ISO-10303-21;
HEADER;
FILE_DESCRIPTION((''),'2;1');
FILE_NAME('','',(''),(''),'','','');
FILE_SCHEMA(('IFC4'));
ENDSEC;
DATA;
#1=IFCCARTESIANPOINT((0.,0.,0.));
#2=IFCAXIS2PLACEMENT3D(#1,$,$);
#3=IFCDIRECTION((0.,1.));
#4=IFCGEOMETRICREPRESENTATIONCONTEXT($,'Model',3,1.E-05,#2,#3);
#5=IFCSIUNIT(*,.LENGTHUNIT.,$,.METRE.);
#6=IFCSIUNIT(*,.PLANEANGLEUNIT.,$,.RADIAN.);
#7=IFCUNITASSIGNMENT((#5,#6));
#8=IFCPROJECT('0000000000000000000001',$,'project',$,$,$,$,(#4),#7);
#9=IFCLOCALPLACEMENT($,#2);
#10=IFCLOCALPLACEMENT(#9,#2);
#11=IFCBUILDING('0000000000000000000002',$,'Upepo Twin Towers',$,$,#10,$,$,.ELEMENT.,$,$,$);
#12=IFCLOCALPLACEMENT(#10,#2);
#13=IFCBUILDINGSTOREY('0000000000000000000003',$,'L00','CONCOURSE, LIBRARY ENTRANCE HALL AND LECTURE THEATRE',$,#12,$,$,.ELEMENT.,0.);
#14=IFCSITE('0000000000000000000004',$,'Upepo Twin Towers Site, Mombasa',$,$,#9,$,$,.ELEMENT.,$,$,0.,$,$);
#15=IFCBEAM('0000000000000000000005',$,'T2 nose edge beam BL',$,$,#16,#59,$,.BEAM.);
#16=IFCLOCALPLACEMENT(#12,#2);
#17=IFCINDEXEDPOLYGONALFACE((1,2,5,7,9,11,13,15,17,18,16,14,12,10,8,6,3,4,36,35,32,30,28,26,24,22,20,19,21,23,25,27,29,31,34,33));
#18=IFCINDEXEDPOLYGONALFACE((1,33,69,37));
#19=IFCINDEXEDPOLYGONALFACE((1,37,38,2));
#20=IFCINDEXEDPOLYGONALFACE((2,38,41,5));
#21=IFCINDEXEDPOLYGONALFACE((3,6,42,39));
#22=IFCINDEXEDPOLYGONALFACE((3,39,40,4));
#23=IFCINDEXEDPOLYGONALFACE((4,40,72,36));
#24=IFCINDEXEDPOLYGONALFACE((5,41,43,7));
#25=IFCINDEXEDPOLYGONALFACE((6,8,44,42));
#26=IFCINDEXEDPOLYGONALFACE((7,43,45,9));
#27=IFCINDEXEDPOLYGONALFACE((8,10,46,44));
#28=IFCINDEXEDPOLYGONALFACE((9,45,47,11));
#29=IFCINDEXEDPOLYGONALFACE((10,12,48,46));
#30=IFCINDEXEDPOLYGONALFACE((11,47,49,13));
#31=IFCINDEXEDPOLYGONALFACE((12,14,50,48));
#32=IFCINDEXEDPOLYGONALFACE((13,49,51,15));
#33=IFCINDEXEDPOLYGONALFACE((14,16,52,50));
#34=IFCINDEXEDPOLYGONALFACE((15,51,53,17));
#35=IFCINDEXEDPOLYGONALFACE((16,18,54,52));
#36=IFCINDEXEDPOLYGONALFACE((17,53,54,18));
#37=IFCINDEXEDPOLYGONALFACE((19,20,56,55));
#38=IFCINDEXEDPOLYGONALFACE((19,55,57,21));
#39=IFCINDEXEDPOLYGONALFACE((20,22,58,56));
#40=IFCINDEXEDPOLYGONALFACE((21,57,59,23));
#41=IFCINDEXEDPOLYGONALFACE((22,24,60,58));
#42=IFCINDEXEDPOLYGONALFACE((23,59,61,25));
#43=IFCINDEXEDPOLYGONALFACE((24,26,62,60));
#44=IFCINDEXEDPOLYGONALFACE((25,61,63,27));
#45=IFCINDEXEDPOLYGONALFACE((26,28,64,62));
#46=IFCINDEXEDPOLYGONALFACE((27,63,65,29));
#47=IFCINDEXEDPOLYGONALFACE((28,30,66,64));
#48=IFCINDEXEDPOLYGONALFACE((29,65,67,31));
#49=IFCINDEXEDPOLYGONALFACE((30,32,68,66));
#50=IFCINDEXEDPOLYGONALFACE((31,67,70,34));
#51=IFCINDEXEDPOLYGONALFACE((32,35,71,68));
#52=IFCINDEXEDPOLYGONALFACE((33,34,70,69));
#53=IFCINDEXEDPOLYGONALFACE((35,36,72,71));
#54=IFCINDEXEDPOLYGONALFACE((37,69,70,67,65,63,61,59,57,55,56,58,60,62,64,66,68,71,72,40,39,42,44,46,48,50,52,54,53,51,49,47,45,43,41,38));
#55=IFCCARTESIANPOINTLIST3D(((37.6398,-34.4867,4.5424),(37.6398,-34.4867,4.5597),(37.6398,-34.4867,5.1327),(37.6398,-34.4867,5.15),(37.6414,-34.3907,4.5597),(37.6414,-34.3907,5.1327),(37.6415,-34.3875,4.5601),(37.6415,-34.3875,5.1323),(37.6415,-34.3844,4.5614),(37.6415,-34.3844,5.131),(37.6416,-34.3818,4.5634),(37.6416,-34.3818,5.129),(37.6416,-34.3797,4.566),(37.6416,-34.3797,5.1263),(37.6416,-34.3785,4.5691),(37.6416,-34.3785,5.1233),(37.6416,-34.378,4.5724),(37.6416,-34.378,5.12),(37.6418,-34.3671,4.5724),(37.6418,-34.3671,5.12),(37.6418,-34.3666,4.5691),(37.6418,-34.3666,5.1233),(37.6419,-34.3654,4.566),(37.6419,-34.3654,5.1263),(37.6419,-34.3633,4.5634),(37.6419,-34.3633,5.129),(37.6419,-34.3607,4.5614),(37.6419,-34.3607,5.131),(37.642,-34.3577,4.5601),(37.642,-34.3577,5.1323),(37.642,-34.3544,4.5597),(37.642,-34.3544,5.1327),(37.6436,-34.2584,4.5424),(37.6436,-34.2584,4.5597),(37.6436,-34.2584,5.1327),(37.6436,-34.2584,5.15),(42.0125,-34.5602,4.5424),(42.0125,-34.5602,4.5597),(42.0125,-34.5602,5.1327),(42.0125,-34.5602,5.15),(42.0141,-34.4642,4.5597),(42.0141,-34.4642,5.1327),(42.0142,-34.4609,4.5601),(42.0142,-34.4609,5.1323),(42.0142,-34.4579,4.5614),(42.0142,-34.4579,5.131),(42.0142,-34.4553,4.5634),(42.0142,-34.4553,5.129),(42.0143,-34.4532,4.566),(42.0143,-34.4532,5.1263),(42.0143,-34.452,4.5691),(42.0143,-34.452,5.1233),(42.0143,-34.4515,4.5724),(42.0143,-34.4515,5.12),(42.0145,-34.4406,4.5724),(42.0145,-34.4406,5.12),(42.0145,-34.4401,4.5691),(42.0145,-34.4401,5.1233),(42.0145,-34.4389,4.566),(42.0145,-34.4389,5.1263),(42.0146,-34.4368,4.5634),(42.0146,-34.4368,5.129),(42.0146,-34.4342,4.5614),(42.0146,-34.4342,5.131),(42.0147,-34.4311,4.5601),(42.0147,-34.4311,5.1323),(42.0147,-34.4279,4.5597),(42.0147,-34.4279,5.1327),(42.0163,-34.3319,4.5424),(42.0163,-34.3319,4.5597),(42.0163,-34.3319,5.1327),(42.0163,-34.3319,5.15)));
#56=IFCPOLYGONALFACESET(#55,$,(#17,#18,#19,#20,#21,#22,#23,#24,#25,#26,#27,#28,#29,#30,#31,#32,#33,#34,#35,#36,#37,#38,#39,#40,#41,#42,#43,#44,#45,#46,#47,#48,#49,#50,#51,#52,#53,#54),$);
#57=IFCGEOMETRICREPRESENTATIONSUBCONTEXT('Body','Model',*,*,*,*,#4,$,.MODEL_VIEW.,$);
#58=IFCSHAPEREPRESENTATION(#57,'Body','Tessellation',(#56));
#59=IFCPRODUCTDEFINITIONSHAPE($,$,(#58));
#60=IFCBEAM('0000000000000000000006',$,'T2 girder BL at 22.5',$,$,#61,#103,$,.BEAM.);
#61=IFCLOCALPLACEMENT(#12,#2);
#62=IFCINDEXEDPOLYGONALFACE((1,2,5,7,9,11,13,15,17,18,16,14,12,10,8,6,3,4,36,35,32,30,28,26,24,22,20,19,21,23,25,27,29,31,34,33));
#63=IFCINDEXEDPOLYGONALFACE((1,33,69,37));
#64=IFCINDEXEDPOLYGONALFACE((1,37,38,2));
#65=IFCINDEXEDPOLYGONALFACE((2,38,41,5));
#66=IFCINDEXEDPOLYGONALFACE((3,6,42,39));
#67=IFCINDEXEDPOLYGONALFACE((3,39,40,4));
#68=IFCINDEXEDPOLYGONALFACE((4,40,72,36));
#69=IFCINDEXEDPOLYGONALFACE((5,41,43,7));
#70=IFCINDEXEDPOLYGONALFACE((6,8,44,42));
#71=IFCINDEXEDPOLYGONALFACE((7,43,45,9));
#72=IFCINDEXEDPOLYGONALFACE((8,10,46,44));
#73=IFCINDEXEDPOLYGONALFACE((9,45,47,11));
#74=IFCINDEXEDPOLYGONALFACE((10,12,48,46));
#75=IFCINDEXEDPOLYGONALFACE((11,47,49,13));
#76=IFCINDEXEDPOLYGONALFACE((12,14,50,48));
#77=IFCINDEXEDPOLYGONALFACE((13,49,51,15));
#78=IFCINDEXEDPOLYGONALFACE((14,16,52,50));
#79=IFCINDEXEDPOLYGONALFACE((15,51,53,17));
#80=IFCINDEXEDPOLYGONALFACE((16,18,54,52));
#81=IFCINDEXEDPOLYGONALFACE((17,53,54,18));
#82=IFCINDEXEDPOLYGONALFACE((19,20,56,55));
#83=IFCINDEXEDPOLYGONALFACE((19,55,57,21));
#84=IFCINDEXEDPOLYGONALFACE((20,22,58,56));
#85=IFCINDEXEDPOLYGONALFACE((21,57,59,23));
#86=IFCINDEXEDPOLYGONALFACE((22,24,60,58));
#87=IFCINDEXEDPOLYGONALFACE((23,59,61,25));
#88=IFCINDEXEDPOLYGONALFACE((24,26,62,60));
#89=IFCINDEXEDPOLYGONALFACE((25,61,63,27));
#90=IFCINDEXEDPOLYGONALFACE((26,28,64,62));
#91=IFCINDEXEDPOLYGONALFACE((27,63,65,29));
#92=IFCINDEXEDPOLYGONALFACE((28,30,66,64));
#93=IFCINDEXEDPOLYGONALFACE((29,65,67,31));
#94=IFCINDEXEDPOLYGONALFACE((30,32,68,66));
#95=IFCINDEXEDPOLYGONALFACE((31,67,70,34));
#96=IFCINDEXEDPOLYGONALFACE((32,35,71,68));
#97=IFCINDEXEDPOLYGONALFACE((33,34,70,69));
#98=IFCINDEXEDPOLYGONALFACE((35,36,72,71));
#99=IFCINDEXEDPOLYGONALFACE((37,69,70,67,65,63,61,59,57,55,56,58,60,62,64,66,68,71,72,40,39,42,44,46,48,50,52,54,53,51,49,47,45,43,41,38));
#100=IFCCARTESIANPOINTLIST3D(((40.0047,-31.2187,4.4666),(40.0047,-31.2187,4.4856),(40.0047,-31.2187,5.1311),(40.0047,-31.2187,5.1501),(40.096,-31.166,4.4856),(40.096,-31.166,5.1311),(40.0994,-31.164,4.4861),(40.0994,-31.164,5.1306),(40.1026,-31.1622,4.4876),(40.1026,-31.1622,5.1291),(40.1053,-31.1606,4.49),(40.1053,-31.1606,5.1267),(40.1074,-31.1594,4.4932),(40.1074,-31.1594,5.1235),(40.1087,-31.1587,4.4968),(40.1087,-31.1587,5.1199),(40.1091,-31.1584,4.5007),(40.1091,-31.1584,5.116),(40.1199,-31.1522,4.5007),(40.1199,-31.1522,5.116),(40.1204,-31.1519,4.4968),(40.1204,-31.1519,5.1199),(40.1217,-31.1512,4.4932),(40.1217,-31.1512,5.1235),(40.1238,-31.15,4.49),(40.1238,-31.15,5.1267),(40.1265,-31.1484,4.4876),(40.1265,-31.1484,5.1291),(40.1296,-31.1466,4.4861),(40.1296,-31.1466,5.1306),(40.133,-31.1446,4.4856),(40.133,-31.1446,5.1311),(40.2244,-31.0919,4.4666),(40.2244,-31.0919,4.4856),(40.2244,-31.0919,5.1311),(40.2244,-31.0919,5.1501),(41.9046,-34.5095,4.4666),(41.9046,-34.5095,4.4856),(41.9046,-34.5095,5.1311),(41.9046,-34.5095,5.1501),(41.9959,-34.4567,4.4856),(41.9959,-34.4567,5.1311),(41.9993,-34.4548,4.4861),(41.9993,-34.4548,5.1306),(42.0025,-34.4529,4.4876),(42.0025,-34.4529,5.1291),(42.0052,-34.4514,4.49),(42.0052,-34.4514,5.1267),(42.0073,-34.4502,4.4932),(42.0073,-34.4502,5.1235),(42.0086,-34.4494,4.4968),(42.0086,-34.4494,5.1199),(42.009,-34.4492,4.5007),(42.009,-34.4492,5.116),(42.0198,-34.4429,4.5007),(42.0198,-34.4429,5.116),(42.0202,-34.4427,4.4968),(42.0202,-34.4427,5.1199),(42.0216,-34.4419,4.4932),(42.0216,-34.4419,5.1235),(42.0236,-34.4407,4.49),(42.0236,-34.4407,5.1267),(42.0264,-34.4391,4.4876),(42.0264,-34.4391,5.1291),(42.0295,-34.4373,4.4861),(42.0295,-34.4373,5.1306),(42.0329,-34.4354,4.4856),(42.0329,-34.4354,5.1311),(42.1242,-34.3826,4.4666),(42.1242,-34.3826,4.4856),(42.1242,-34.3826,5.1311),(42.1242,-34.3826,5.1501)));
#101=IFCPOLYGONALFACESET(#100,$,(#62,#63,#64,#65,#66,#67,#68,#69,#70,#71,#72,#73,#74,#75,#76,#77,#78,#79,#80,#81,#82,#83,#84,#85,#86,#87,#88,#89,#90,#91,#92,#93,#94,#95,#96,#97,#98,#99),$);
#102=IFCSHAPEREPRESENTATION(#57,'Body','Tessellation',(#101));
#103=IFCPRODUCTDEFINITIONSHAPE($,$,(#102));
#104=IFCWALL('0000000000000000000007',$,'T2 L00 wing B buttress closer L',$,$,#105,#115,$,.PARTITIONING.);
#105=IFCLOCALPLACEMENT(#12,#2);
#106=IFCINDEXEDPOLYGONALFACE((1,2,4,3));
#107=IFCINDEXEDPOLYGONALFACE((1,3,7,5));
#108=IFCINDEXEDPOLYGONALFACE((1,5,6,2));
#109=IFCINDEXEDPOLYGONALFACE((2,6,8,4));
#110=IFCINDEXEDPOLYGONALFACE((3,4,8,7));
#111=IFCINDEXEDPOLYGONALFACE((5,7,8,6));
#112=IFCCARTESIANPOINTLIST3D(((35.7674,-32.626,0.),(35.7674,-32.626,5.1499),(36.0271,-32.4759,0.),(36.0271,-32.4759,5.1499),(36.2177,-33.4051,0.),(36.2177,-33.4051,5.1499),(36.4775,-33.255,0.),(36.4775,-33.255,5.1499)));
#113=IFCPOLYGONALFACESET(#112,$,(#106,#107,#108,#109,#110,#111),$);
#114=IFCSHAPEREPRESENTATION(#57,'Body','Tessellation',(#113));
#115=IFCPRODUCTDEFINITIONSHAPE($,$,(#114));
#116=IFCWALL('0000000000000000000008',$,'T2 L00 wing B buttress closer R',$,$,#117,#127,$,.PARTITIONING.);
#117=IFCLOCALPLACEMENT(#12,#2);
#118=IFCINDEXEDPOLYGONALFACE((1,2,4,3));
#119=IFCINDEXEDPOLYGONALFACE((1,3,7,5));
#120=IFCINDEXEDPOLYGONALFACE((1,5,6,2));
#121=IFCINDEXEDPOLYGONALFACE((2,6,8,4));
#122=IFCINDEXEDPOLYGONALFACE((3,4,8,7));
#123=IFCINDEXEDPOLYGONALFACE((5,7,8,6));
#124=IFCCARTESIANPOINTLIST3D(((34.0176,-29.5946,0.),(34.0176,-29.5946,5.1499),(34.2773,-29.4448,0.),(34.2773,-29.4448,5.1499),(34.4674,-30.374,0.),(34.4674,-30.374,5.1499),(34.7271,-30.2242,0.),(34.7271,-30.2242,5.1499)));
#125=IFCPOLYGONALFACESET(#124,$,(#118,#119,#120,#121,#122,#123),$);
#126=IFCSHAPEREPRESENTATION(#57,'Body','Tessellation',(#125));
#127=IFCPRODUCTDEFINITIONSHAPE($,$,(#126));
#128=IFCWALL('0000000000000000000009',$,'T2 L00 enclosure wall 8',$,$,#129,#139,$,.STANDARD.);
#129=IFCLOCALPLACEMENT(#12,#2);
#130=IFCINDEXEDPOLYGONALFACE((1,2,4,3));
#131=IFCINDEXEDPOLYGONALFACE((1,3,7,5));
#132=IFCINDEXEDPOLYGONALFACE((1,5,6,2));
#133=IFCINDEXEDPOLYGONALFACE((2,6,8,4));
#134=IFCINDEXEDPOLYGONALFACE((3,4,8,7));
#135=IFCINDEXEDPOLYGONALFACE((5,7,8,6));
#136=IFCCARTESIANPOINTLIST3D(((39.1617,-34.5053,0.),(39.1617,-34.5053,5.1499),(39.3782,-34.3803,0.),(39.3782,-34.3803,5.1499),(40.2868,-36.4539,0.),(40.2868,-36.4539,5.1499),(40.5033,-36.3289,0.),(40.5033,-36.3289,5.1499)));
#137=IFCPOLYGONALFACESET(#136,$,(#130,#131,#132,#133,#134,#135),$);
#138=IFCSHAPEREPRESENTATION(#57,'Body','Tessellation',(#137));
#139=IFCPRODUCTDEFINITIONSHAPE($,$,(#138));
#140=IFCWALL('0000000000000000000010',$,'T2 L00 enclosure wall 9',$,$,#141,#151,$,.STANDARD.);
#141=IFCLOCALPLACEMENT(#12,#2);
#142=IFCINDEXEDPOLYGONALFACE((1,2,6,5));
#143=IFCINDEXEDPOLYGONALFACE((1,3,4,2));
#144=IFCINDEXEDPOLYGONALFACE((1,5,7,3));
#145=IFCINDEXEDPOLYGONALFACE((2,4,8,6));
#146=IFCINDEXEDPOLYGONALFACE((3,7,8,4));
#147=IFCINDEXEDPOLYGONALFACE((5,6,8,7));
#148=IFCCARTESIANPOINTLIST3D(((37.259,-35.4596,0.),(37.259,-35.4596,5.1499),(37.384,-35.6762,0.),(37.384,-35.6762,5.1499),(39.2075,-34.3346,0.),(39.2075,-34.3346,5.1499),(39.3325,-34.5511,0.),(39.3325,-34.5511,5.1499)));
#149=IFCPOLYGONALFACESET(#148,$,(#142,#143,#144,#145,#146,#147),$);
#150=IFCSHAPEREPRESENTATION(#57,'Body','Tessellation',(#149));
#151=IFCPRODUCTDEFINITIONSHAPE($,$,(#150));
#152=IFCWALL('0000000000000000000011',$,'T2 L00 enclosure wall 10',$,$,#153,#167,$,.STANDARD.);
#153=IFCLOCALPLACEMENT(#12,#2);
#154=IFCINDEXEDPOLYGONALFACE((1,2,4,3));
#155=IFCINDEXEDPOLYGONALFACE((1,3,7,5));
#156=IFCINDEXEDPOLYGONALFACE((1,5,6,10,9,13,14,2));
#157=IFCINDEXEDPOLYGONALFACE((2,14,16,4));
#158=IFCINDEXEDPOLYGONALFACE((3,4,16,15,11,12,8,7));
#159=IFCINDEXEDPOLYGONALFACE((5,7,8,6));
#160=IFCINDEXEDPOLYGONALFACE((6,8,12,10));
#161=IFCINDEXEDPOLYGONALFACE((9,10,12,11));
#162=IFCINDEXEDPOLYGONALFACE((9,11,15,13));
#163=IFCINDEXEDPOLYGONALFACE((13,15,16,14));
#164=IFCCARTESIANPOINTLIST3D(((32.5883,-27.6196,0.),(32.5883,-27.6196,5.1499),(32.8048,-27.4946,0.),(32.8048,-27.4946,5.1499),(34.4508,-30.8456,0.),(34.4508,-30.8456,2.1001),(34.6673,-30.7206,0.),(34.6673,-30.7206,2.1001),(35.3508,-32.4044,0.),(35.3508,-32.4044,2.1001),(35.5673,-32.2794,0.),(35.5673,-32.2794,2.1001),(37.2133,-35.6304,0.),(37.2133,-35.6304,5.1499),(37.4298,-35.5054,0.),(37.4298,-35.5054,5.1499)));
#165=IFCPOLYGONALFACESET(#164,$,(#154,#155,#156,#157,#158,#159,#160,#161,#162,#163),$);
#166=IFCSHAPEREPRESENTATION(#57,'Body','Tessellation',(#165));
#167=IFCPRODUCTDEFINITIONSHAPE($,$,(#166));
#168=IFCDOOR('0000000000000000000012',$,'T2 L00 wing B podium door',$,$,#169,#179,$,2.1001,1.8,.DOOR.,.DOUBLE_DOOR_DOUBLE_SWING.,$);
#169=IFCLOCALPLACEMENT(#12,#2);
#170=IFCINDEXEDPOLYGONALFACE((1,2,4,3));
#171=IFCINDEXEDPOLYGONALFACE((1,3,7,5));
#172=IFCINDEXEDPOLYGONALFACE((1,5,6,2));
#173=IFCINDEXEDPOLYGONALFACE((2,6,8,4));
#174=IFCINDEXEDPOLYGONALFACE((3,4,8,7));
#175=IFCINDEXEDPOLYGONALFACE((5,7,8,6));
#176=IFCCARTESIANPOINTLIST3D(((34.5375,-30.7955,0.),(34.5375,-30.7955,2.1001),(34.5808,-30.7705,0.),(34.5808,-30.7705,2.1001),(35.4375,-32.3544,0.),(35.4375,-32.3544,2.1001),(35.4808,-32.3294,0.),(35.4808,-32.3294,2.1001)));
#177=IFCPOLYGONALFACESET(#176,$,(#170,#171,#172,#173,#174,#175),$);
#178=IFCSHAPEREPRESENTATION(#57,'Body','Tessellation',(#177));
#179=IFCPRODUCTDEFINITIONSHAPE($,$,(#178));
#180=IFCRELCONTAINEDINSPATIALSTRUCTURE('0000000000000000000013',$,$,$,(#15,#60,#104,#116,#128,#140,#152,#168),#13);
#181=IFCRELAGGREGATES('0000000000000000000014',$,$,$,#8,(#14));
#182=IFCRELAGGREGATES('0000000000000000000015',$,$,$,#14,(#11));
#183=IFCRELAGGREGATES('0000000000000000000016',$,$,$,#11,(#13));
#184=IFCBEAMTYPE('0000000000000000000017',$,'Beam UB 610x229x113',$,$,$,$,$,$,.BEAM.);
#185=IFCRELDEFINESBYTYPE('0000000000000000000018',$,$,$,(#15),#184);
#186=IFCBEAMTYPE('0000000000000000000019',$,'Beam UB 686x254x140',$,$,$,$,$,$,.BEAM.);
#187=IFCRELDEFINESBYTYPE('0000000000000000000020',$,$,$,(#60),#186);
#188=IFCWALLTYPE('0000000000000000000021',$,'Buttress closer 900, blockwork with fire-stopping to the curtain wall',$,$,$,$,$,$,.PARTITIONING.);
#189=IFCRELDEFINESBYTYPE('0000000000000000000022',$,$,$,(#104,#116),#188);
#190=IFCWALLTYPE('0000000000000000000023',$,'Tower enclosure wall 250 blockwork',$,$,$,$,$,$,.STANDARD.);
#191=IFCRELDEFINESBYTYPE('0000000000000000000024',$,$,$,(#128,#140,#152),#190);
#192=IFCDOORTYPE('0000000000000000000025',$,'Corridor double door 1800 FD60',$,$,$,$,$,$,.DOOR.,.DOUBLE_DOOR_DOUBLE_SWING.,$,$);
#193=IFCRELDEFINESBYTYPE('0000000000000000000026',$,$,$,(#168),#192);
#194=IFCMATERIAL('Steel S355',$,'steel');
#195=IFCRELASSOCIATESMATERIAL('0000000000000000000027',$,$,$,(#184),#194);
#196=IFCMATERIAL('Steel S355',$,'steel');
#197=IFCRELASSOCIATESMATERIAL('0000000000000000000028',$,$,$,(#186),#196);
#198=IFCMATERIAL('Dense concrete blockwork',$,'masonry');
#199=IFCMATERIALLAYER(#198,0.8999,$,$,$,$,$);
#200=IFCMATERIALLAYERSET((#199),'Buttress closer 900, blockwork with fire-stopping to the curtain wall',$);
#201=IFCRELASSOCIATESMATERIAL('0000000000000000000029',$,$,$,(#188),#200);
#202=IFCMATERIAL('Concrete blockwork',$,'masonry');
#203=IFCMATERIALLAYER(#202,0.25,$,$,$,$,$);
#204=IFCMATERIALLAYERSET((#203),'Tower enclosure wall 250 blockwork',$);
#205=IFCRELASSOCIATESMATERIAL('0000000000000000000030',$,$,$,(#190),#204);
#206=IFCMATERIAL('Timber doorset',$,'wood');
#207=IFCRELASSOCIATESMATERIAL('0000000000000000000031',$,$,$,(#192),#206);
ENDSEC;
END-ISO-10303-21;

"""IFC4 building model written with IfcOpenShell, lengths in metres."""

from ifc_helpers import new_model, si_unit, direction, frame, frame_2d, origin, origin_2d, place, context, subcontext, project, spatial, rectangle, i_section, extrude, material, layer, layer_set, material_profile, profile_set, type_object, element, fill, save


model = new_model("IFC4")

# Units and contexts
model_context = context("Model", 3, precision=1e-05, world=origin(), true_north=direction((0.0, 1.0)))
body_context = subcontext(model_context, "Body", "Model", "MODEL_VIEW")
ifc_project = project(units=[si_unit("LENGTHUNIT", "METRE"), si_unit("PLANEANGLEUNIT", "RADIAN")], contexts=[model_context])

# Site, building, storey
site_placement = place(None, origin())
site = spatial("IfcSite", under=ifc_project, at=site_placement, Name="Upepo Twin Towers Site, Mombasa", CompositionType="ELEMENT", RefElevation=0.0)
building_placement = place(site_placement, origin())
building = spatial("IfcBuilding", under=site, at=building_placement, Name="Upepo Twin Towers", CompositionType="ELEMENT")
storey_placement = place(building_placement, origin())
storey = spatial("IfcBuildingStorey", under=building, at=storey_placement, Name="L00", Description="CONCOURSE, LIBRARY ENTRANCE HALL AND LECTURE THEATRE", CompositionType="ELEMENT", Elevation=0.0)

# Beams
ifc_material_1 = material(Name="Steel S355", Category="steel")
ifc_material_profile_1 = material_profile(ifc_material_1, i_section(OverallWidth=0.2283, OverallDepth=0.6077, WebThickness=0.011, FlangeThickness=0.0173, FilletRadius=0.0127, at=origin_2d()), Name="UB 610x229x113")
ifc_profile_set_1 = profile_set([ifc_material_profile_1], Name="Steel S355")
beam_type_1 = type_object("IfcBeamType", Name="Beam UB 610x229x113", PredefinedType="BEAM", material=ifc_profile_set_1)
beam_1_placement = place(storey_placement, frame((42.0144, -34.446, 4.8462), z_axis=(-0.999859, 0.016804, 0.0), x_axis=(-0.016804, -0.999859, 0.0)))
element("IfcBeam", 1, at=beam_1_placement, inside=storey, type_object=beam_type_1, Name="T2 nose edge beam BL", PredefinedType="BEAM", context=body_context, shape_type="SweptSolid", body=[
    extrude(i_section(OverallWidth=0.2283, OverallDepth=0.6077, WebThickness=0.011, FlangeThickness=0.0173, FilletRadius=0.0127, at=origin_2d()), origin(), (0.0, 0.0, 1.0), 4.3733),
])
ifc_material_2 = material(Name="Steel S355", Category="steel")
ifc_material_profile_2 = material_profile(ifc_material_2, i_section(OverallWidth=0.2537, OverallDepth=0.6836, WebThickness=0.0125, FlangeThickness=0.019, FilletRadius=0.0151, at=origin_2d()), Name="UB 686x254x140")
ifc_profile_set_2 = profile_set([ifc_material_profile_2], Name="Steel S355")
beam_type_2 = type_object("IfcBeamType", Name="Beam UB 686x254x140", PredefinedType="BEAM", material=ifc_profile_set_2)
beam_2_placement = place(storey_placement, frame((42.0144, -34.446, 4.8083), z_axis=(-0.499995, 0.866028, 0.0), x_axis=(-0.866028, -0.499995, 0.0)))
element("IfcBeam", 2, at=beam_2_placement, inside=storey, type_object=beam_type_2, Name="T2 girder BL at 22.5", PredefinedType="BEAM", context=body_context, shape_type="SweptSolid", body=[
    extrude(i_section(OverallWidth=0.2537, OverallDepth=0.6836, WebThickness=0.0125, FlangeThickness=0.019, FilletRadius=0.0151, at=origin_2d()), origin(), (0.0, 0.0, 1.0), 3.7998),
])

# Walls
ifc_material_3 = material(Name="Dense concrete blockwork", Category="masonry")
ifc_layer_1 = layer(ifc_material_3, 0.8999)
ifc_layer_set_1 = layer_set([ifc_layer_1], Name="Buttress closer 900, blockwork with fire-stopping to the curtain wall")
wall_type_1 = type_object("IfcWallType", Name="Buttress closer 900, blockwork with fire-stopping to the curtain wall", PredefinedType="PARTITIONING", material=ifc_layer_set_1)
wall_1_placement = place(storey_placement, frame((36.2522, -32.8655, 0.0), z_axis=(0.0, 0.0, 1.0), x_axis=(-0.865779, -0.500427, 0.0)))
element("IfcWall", 3, at=wall_1_placement, inside=storey, type_object=wall_type_1, Name="T2 L00 wing B buttress closer L", PredefinedType="PARTITIONING", context=body_context, shape_type="SweptSolid", body=[
    extrude(rectangle(XDim=0.3, YDim=0.8999, at=frame_2d((0.1499, 0.0))), origin(), (0.0, 0.0, 1.0), 5.1499),
])
wall_2_placement = place(storey_placement, frame((34.5022, -29.8345, 0.0), z_axis=(0.0, 0.0, 1.0), x_axis=(-0.866131, -0.499816, 0.0)))
element("IfcWall", 4, at=wall_2_placement, inside=storey, type_object=wall_type_1, Name="T2 L00 wing B buttress closer R", PredefinedType="PARTITIONING", context=body_context, shape_type="SweptSolid", body=[
    extrude(rectangle(XDim=0.2998, YDim=0.8999, at=frame_2d((0.1499, 0.0))), origin(), (0.0, 0.0, 1.0), 5.1499),
])
ifc_material_4 = material(Name="Concrete blockwork", Category="masonry")
ifc_layer_2 = layer(ifc_material_4, 0.25)
ifc_layer_set_2 = layer_set([ifc_layer_2], Name="Tower enclosure wall 250 blockwork")
wall_type_2 = type_object("IfcWallType", Name="Tower enclosure wall 250 blockwork", PredefinedType="STANDARD", material=ifc_layer_set_2)
for number, where, z_axis, x_axis, name in (
    (5, (40.395, -36.3914, 0.0), (0.0, 0.0, 1.0), (-0.500014, 0.866018, 0.0), "T2 L00 enclosure wall 8"),
    (6, (39.27, -34.4429, 0.0), (0.0, 0.0, 1.0), (-0.866018, -0.500014, 0.0), "T2 L00 enclosure wall 9"),
):
    element("IfcWall", number, at=place(storey_placement, frame(where, z_axis=z_axis, x_axis=x_axis)), inside=storey, type_object=wall_type_2, Name=name, PredefinedType="STANDARD", context=body_context, shape_type="SweptSolid", body=[
        extrude(rectangle(XDim=2.25, YDim=0.25, at=frame_2d((1.125, 0.0))), origin(), (0.0, 0.0, 1.0), 5.1499),
    ])

# Wall, opening, door
wall_3_placement = place(storey_placement, frame((37.3215, -35.5679, 0.0), z_axis=(0.0, 0.0, 1.0), x_axis=(-0.5, 0.866026, 0.0)))
wall_3 = element("IfcWall", 7, at=wall_3_placement, inside=storey, type_object=wall_type_2, Name="T2 L00 enclosure wall 10", PredefinedType="STANDARD", context=body_context, shape_type="SweptSolid", body=[
    extrude(rectangle(XDim=9.25, YDim=0.25, at=frame_2d((4.625, 0.0))), origin(), (0.0, 0.0, 1.0), 5.1499),
])
opening_placement = place(wall_3_placement, frame((3.7251, 0.0, 0.0)))
opening = element("IfcOpeningElement", 8, at=opening_placement, cuts=wall_3, PredefinedType="OPENING", context=body_context, shape_type="SweptSolid", body=[
    extrude(rectangle(XDim=1.8, YDim=2.1001, at=frame_2d((0.8999, 1.05))), frame((0.0, 0.135, 0.0), z_axis=(0.0, -1.0, 0.0), x_axis=(1.0, 0.0, 0.0)), (0.0, 0.0, 1.0), 0.27),
])
ifc_material_5 = material(Name="Timber doorset", Category="wood")
door_type = type_object("IfcDoorType", Name="Corridor double door 1800 FD60", OperationType="DOUBLE_DOOR_DOUBLE_SWING", PredefinedType="DOOR", material=ifc_material_5)
door_placement = place(opening_placement, origin())
door = element("IfcDoor", 9, at=door_placement, inside=storey, type_object=door_type, Name="T2 L00 wing B podium door", OperationType="DOUBLE_DOOR_DOUBLE_SWING", OverallHeight=2.1001, OverallWidth=1.8, PredefinedType="DOOR", context=body_context, shape_type="SweptSolid", body=[
    extrude(rectangle(XDim=1.8, YDim=2.1001, at=frame_2d((0.8999, 1.05))), frame((0.0, 0.0249, 0.0), z_axis=(0.0, -1.0, 0.0), x_axis=(1.0, 0.0, 0.0)), (0.0, 0.0, 1.0), 0.05),
])
fill(opening, door)

save(model, "model.ifc")
